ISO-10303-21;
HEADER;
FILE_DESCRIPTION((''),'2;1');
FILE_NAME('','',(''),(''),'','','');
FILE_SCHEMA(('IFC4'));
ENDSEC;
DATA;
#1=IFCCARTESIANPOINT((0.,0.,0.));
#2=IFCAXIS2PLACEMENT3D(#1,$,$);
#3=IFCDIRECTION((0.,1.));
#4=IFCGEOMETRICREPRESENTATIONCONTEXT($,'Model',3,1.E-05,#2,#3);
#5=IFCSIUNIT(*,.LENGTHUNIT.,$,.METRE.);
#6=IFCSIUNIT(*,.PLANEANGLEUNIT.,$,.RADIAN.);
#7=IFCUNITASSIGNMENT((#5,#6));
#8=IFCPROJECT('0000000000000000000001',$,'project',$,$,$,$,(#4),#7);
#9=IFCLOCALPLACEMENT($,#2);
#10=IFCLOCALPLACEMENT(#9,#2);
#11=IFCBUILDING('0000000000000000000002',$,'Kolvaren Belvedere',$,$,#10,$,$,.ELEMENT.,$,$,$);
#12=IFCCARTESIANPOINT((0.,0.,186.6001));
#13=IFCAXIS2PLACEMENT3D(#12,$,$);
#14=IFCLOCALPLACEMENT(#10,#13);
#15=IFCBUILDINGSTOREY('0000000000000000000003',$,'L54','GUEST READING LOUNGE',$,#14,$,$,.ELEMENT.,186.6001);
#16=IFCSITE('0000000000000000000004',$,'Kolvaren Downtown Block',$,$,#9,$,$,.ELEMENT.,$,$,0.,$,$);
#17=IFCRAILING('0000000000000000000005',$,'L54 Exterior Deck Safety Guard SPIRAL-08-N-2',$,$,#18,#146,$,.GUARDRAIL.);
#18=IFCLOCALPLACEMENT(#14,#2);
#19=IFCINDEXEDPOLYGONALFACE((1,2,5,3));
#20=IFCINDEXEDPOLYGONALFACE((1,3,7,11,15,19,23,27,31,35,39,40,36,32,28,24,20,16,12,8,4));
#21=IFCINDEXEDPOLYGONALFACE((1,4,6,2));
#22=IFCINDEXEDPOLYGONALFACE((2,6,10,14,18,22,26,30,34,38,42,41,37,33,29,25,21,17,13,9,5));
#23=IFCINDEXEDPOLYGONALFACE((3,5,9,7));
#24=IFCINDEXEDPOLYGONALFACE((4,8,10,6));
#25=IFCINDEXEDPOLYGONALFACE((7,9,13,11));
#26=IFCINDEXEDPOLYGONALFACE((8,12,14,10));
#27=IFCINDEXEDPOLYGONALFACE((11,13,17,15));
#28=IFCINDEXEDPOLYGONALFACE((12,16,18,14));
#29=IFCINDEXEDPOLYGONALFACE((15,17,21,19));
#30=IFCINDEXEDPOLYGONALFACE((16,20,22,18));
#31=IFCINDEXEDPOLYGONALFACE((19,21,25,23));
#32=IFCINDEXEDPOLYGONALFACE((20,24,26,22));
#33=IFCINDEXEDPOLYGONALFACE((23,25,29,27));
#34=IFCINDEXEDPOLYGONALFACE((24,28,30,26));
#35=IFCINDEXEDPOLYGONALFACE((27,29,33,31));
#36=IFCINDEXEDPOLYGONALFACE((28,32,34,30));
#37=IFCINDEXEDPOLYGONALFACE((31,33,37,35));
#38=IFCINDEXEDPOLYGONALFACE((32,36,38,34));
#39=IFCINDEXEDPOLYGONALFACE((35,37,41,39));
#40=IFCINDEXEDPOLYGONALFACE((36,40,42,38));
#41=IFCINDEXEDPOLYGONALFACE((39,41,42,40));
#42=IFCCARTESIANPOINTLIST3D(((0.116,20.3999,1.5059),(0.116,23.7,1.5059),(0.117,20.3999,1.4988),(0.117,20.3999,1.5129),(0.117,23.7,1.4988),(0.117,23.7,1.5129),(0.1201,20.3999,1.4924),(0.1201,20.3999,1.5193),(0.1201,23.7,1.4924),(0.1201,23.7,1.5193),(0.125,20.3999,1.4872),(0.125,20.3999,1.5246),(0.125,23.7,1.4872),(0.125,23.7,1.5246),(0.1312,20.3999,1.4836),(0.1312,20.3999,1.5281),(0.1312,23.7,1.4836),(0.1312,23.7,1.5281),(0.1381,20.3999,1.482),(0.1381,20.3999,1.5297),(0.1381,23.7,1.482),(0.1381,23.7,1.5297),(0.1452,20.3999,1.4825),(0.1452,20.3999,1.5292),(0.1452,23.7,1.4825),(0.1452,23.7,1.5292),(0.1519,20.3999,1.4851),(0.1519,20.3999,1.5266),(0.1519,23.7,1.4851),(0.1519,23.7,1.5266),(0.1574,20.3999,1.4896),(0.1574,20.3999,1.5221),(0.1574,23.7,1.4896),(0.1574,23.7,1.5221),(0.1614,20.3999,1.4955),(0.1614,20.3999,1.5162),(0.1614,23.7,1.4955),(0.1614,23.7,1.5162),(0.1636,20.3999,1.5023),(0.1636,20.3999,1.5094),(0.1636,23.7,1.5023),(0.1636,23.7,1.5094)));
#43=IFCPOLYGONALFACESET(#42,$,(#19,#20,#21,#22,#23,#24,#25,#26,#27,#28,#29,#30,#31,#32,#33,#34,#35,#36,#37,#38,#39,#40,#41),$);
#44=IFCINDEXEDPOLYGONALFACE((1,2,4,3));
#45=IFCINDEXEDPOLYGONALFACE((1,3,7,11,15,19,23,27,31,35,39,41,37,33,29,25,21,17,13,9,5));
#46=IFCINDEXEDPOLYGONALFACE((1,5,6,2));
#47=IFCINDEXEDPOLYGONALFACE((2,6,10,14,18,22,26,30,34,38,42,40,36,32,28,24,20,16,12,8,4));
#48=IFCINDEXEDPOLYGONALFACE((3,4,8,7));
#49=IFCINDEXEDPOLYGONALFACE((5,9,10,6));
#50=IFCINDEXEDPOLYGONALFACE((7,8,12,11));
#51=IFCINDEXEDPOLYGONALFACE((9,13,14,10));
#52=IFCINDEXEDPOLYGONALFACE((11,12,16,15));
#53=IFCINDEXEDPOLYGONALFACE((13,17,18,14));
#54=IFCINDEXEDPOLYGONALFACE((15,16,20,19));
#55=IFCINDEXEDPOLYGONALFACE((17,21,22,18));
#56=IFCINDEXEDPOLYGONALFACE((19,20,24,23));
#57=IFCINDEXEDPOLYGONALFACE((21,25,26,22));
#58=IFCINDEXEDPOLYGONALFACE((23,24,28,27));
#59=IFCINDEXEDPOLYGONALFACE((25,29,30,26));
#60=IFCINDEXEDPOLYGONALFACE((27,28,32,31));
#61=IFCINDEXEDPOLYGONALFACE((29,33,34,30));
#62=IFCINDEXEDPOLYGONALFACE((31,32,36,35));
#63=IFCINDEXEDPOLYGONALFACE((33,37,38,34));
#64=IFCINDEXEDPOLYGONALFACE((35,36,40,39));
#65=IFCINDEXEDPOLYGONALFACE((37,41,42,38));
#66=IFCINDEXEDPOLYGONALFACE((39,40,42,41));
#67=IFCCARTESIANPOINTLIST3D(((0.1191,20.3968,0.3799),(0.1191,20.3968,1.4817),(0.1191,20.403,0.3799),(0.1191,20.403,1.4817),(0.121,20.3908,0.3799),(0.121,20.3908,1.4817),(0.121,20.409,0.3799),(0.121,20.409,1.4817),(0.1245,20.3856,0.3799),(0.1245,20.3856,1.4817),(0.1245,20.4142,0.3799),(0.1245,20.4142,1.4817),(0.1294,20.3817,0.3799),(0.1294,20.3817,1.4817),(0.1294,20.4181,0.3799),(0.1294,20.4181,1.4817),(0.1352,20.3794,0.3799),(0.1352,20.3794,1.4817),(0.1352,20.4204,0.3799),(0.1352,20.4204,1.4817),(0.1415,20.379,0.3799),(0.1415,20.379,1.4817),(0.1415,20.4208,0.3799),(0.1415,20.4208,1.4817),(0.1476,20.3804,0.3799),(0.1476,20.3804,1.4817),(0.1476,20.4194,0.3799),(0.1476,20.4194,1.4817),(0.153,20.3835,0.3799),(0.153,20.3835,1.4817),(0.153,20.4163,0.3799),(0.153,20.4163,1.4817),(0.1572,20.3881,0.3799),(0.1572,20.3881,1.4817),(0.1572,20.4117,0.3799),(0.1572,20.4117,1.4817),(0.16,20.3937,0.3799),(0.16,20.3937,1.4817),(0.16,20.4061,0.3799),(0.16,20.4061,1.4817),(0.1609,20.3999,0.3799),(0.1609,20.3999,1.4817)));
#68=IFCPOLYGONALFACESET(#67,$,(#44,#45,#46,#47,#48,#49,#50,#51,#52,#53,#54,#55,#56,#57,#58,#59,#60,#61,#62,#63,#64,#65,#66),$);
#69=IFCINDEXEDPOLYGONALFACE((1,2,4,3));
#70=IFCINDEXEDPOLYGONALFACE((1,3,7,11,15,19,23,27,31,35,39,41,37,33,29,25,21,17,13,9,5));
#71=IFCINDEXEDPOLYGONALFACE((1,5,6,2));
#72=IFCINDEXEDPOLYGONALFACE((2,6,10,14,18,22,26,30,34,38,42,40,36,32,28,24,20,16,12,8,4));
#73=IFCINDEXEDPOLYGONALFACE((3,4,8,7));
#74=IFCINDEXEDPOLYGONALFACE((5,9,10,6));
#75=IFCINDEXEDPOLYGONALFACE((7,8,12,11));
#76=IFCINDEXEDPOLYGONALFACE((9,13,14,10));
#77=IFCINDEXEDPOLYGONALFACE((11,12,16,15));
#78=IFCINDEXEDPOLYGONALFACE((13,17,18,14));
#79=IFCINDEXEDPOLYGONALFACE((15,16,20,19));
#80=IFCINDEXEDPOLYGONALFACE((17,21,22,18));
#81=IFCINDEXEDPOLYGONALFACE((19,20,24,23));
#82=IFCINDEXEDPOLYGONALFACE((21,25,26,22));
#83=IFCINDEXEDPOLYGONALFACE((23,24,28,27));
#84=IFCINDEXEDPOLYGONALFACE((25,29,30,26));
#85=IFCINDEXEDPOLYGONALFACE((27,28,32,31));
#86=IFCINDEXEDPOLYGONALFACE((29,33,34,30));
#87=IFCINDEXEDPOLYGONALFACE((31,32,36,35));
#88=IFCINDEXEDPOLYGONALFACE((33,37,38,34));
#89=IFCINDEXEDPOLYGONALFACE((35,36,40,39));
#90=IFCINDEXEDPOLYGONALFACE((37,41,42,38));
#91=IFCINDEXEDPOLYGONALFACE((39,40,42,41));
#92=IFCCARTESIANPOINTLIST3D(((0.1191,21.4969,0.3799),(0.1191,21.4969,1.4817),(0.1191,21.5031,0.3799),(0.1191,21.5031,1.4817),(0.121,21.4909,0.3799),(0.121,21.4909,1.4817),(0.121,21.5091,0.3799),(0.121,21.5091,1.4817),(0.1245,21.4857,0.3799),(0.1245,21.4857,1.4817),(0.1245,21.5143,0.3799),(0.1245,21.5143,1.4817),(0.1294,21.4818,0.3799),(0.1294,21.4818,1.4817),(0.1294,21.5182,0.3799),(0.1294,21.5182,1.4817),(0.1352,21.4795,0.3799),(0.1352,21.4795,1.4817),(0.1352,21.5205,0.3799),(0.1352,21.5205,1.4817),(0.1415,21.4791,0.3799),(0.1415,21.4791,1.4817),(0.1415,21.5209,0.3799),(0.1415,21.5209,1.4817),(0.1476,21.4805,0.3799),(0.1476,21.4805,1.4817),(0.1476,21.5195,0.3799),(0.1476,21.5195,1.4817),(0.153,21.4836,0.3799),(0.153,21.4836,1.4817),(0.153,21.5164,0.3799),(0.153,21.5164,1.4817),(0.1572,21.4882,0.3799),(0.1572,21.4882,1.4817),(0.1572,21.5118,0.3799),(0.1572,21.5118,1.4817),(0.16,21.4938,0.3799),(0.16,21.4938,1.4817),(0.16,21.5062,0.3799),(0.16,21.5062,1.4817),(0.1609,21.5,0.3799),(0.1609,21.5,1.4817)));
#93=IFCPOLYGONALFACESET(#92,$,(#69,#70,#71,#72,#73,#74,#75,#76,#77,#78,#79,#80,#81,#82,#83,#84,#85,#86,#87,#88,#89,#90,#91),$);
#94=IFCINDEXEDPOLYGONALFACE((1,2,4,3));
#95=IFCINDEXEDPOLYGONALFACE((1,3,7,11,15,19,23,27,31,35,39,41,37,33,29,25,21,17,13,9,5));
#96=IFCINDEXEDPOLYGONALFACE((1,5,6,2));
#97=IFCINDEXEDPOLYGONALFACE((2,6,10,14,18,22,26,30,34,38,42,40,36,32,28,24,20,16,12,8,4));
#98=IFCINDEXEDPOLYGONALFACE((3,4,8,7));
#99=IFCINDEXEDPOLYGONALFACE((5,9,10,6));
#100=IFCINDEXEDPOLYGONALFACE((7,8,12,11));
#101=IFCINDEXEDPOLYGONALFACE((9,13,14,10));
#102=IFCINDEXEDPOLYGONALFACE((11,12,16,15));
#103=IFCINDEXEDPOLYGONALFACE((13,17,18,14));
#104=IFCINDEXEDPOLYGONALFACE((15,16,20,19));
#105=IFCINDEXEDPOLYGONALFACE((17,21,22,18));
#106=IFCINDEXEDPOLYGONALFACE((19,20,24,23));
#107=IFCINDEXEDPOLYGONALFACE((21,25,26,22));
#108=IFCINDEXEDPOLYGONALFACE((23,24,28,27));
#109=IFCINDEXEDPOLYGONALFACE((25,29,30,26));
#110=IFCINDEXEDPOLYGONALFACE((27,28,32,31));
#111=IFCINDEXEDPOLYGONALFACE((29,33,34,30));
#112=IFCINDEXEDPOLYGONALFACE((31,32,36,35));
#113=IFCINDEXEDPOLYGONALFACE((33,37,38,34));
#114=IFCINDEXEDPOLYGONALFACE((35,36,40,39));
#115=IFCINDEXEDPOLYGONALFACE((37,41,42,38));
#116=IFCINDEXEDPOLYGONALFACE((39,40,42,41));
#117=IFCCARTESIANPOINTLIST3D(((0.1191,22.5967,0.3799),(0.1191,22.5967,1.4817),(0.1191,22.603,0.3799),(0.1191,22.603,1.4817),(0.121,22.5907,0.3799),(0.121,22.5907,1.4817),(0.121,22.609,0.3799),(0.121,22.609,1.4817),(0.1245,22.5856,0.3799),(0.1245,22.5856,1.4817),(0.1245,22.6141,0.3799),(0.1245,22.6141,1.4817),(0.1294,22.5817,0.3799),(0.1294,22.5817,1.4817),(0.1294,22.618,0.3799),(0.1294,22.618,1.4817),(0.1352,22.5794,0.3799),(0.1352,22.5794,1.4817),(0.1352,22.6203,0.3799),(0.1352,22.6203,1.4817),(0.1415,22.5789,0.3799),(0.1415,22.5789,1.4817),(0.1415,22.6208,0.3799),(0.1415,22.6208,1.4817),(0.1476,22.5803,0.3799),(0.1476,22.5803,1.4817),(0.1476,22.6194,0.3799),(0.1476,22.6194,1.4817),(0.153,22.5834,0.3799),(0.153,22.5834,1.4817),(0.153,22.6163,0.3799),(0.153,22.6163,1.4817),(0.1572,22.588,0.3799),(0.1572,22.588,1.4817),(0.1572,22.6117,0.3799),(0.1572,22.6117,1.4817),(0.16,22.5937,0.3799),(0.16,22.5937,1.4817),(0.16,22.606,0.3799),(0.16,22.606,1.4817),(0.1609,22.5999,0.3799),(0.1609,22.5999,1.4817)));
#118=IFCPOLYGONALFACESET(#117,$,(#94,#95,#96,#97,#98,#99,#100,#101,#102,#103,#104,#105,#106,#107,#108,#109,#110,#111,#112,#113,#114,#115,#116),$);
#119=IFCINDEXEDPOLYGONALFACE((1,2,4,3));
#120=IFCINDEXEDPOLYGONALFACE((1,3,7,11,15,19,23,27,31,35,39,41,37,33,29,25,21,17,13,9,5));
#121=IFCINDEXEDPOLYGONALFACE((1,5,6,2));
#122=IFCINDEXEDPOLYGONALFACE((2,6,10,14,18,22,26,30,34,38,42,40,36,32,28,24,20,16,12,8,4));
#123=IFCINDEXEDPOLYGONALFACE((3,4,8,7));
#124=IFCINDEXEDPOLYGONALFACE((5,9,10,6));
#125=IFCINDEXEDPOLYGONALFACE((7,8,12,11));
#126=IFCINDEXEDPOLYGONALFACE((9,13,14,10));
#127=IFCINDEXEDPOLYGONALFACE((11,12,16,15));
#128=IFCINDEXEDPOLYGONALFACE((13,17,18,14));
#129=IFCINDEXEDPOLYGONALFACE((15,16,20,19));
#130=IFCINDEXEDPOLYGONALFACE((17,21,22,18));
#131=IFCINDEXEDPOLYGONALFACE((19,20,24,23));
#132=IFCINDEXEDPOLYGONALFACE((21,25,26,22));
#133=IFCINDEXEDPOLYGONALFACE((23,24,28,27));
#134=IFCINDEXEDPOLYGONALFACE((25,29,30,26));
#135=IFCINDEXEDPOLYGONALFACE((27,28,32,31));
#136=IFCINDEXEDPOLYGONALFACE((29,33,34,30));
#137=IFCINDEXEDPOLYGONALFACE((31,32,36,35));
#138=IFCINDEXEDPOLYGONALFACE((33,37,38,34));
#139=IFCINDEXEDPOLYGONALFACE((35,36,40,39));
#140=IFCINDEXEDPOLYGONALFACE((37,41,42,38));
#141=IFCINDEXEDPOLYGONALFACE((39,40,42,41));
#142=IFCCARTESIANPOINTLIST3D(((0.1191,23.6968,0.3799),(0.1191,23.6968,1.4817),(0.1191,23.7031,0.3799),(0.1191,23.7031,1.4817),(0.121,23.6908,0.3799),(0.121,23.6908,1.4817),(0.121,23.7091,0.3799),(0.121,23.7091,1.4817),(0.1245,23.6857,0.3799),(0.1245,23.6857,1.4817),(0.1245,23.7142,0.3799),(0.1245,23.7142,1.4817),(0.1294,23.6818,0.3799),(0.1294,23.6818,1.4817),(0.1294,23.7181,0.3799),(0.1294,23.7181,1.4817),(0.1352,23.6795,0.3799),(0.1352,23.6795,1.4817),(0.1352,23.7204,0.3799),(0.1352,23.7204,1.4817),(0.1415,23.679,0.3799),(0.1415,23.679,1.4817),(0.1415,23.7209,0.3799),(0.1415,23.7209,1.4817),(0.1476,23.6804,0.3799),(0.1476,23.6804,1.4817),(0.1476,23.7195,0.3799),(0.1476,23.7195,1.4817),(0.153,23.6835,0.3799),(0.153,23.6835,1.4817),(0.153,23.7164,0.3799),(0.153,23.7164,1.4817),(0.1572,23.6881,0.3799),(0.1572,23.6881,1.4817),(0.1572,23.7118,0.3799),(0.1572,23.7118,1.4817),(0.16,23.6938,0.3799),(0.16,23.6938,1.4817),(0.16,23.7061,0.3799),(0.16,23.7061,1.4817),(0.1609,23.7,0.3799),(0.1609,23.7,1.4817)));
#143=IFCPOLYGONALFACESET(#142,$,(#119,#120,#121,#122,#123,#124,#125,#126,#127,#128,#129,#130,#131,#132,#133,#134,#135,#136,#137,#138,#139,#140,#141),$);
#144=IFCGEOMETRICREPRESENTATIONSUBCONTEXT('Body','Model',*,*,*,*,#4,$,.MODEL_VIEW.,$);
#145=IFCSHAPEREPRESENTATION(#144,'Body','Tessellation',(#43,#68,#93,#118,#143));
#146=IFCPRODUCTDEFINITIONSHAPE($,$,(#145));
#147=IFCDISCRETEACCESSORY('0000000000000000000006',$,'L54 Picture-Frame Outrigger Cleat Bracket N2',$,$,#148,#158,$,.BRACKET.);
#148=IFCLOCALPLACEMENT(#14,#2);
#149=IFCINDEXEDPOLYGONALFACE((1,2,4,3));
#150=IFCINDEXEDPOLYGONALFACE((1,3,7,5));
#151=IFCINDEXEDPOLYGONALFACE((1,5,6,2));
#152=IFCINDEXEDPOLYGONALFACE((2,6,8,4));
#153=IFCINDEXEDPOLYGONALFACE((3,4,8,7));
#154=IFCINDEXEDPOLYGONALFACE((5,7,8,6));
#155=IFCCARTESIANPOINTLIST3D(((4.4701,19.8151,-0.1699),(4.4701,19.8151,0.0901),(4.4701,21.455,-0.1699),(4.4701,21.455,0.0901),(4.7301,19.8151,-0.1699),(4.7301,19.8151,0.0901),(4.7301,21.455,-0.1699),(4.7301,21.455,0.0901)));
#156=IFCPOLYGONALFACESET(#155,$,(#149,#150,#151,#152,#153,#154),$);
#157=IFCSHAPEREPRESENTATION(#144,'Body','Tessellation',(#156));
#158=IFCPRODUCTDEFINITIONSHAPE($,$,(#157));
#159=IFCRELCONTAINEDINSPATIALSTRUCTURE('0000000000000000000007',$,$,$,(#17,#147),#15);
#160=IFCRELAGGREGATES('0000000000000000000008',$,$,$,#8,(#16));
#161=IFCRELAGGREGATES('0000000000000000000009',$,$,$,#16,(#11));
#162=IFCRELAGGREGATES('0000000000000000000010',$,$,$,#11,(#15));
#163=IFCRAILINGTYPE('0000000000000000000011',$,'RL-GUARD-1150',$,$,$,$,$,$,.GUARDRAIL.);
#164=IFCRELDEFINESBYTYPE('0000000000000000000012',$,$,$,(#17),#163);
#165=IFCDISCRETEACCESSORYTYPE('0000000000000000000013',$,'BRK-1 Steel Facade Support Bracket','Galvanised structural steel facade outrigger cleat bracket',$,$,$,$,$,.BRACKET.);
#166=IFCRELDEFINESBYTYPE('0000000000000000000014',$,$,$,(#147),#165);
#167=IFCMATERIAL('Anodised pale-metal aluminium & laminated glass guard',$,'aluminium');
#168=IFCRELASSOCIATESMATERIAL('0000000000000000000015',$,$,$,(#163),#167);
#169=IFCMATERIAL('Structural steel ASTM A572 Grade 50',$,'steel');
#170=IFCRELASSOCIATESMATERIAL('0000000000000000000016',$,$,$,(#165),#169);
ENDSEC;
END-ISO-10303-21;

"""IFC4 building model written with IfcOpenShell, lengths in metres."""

from ifc_helpers import new_model, si_unit, direction, frame, origin, origin_2d, place, context, subcontext, project, spatial, rectangle, circle, extrude, material, type_object, element, save


model = new_model("IFC4")

# Units and contexts
model_context = context("Model", 3, precision=1e-05, world=origin(), true_north=direction((0.0, 1.0)))
body_context = subcontext(model_context, "Body", "Model", "MODEL_VIEW")
ifc_project = project(units=[si_unit("LENGTHUNIT", "METRE"), si_unit("PLANEANGLEUNIT", "RADIAN")], contexts=[model_context])

# Site, building, storey
site_placement = place(None, origin())
site = spatial("IfcSite", under=ifc_project, at=site_placement, Name="Kolvaren Downtown Block", CompositionType="ELEMENT", RefElevation=0.0)
building_placement = place(site_placement, origin())
building = spatial("IfcBuilding", under=site, at=building_placement, Name="Kolvaren Belvedere", CompositionType="ELEMENT")
storey_placement = place(building_placement, frame((0.0, 0.0, 186.6001)))
storey = spatial("IfcBuildingStorey", under=building, at=storey_placement, Name="L54", Description="GUEST READING LOUNGE", CompositionType="ELEMENT", Elevation=186.6001)

# Railing
ifc_material_1 = material(Name="Anodised pale-metal aluminium & laminated glass guard", Category="aluminium")
railing_type = type_object("IfcRailingType", Name="RL-GUARD-1150", PredefinedType="GUARDRAIL", material=ifc_material_1)
railing_1_placement = place(storey_placement, frame((0.1399, 20.3999, 0.3799)))
element("IfcRailing", 1, at=railing_1_placement, inside=storey, type_object=railing_type, Name="L54 Exterior Deck Safety Guard SPIRAL-08-N-2", PredefinedType="GUARDRAIL", context=body_context, shape_type="SweptSolid", body=[
    extrude(circle(Radius=0.0239, at=origin_2d()), frame((0.0, 0.0, 1.126), z_axis=(0.0, 1.0, 0.0), x_axis=(-1.0, 0.0, 0.0)), (0.0, 0.0, 1.0), 3.3),
    extrude(circle(Radius=0.021, at=origin_2d()), origin(), (0.0, 0.0, 1.0), 1.1018),
    extrude(circle(Radius=0.021, at=origin_2d()), frame((0.0, 1.1001, 0.0)), (0.0, 0.0, 1.0), 1.1018),
    extrude(circle(Radius=0.021, at=origin_2d()), frame((0.0, 2.2, 0.0)), (0.0, 0.0, 1.0), 1.1018),
    extrude(circle(Radius=0.021, at=origin_2d()), frame((0.0, 3.3, 0.0)), (0.0, 0.0, 1.0), 1.1018),
])

# Discrete accessory
ifc_material_2 = material(Name="Structural steel ASTM A572 Grade 50", Category="steel")
discrete_accessory_type = type_object("IfcDiscreteAccessoryType", Name="BRK-1 Steel Facade Support Bracket", Description="Galvanised structural steel facade outrigger cleat bracket", PredefinedType="BRACKET", material=ifc_material_2)
discrete_accessory_placement = place(storey_placement, frame((4.6001, 20.635, -0.1699), z_axis=(0.0, 0.0, 1.0), x_axis=(0.0, 1.0, 0.0)))
element("IfcDiscreteAccessory", 2, at=discrete_accessory_placement, inside=storey, type_object=discrete_accessory_type, Name="L54 Picture-Frame Outrigger Cleat Bracket N2", PredefinedType="BRACKET", context=body_context, shape_type="SweptSolid", body=[
    extrude(rectangle(XDim=1.6399, YDim=0.26, at=origin_2d()), origin(), (0.0, 0.0, 1.0), 0.26),
])

save(model, "model.ifc")
